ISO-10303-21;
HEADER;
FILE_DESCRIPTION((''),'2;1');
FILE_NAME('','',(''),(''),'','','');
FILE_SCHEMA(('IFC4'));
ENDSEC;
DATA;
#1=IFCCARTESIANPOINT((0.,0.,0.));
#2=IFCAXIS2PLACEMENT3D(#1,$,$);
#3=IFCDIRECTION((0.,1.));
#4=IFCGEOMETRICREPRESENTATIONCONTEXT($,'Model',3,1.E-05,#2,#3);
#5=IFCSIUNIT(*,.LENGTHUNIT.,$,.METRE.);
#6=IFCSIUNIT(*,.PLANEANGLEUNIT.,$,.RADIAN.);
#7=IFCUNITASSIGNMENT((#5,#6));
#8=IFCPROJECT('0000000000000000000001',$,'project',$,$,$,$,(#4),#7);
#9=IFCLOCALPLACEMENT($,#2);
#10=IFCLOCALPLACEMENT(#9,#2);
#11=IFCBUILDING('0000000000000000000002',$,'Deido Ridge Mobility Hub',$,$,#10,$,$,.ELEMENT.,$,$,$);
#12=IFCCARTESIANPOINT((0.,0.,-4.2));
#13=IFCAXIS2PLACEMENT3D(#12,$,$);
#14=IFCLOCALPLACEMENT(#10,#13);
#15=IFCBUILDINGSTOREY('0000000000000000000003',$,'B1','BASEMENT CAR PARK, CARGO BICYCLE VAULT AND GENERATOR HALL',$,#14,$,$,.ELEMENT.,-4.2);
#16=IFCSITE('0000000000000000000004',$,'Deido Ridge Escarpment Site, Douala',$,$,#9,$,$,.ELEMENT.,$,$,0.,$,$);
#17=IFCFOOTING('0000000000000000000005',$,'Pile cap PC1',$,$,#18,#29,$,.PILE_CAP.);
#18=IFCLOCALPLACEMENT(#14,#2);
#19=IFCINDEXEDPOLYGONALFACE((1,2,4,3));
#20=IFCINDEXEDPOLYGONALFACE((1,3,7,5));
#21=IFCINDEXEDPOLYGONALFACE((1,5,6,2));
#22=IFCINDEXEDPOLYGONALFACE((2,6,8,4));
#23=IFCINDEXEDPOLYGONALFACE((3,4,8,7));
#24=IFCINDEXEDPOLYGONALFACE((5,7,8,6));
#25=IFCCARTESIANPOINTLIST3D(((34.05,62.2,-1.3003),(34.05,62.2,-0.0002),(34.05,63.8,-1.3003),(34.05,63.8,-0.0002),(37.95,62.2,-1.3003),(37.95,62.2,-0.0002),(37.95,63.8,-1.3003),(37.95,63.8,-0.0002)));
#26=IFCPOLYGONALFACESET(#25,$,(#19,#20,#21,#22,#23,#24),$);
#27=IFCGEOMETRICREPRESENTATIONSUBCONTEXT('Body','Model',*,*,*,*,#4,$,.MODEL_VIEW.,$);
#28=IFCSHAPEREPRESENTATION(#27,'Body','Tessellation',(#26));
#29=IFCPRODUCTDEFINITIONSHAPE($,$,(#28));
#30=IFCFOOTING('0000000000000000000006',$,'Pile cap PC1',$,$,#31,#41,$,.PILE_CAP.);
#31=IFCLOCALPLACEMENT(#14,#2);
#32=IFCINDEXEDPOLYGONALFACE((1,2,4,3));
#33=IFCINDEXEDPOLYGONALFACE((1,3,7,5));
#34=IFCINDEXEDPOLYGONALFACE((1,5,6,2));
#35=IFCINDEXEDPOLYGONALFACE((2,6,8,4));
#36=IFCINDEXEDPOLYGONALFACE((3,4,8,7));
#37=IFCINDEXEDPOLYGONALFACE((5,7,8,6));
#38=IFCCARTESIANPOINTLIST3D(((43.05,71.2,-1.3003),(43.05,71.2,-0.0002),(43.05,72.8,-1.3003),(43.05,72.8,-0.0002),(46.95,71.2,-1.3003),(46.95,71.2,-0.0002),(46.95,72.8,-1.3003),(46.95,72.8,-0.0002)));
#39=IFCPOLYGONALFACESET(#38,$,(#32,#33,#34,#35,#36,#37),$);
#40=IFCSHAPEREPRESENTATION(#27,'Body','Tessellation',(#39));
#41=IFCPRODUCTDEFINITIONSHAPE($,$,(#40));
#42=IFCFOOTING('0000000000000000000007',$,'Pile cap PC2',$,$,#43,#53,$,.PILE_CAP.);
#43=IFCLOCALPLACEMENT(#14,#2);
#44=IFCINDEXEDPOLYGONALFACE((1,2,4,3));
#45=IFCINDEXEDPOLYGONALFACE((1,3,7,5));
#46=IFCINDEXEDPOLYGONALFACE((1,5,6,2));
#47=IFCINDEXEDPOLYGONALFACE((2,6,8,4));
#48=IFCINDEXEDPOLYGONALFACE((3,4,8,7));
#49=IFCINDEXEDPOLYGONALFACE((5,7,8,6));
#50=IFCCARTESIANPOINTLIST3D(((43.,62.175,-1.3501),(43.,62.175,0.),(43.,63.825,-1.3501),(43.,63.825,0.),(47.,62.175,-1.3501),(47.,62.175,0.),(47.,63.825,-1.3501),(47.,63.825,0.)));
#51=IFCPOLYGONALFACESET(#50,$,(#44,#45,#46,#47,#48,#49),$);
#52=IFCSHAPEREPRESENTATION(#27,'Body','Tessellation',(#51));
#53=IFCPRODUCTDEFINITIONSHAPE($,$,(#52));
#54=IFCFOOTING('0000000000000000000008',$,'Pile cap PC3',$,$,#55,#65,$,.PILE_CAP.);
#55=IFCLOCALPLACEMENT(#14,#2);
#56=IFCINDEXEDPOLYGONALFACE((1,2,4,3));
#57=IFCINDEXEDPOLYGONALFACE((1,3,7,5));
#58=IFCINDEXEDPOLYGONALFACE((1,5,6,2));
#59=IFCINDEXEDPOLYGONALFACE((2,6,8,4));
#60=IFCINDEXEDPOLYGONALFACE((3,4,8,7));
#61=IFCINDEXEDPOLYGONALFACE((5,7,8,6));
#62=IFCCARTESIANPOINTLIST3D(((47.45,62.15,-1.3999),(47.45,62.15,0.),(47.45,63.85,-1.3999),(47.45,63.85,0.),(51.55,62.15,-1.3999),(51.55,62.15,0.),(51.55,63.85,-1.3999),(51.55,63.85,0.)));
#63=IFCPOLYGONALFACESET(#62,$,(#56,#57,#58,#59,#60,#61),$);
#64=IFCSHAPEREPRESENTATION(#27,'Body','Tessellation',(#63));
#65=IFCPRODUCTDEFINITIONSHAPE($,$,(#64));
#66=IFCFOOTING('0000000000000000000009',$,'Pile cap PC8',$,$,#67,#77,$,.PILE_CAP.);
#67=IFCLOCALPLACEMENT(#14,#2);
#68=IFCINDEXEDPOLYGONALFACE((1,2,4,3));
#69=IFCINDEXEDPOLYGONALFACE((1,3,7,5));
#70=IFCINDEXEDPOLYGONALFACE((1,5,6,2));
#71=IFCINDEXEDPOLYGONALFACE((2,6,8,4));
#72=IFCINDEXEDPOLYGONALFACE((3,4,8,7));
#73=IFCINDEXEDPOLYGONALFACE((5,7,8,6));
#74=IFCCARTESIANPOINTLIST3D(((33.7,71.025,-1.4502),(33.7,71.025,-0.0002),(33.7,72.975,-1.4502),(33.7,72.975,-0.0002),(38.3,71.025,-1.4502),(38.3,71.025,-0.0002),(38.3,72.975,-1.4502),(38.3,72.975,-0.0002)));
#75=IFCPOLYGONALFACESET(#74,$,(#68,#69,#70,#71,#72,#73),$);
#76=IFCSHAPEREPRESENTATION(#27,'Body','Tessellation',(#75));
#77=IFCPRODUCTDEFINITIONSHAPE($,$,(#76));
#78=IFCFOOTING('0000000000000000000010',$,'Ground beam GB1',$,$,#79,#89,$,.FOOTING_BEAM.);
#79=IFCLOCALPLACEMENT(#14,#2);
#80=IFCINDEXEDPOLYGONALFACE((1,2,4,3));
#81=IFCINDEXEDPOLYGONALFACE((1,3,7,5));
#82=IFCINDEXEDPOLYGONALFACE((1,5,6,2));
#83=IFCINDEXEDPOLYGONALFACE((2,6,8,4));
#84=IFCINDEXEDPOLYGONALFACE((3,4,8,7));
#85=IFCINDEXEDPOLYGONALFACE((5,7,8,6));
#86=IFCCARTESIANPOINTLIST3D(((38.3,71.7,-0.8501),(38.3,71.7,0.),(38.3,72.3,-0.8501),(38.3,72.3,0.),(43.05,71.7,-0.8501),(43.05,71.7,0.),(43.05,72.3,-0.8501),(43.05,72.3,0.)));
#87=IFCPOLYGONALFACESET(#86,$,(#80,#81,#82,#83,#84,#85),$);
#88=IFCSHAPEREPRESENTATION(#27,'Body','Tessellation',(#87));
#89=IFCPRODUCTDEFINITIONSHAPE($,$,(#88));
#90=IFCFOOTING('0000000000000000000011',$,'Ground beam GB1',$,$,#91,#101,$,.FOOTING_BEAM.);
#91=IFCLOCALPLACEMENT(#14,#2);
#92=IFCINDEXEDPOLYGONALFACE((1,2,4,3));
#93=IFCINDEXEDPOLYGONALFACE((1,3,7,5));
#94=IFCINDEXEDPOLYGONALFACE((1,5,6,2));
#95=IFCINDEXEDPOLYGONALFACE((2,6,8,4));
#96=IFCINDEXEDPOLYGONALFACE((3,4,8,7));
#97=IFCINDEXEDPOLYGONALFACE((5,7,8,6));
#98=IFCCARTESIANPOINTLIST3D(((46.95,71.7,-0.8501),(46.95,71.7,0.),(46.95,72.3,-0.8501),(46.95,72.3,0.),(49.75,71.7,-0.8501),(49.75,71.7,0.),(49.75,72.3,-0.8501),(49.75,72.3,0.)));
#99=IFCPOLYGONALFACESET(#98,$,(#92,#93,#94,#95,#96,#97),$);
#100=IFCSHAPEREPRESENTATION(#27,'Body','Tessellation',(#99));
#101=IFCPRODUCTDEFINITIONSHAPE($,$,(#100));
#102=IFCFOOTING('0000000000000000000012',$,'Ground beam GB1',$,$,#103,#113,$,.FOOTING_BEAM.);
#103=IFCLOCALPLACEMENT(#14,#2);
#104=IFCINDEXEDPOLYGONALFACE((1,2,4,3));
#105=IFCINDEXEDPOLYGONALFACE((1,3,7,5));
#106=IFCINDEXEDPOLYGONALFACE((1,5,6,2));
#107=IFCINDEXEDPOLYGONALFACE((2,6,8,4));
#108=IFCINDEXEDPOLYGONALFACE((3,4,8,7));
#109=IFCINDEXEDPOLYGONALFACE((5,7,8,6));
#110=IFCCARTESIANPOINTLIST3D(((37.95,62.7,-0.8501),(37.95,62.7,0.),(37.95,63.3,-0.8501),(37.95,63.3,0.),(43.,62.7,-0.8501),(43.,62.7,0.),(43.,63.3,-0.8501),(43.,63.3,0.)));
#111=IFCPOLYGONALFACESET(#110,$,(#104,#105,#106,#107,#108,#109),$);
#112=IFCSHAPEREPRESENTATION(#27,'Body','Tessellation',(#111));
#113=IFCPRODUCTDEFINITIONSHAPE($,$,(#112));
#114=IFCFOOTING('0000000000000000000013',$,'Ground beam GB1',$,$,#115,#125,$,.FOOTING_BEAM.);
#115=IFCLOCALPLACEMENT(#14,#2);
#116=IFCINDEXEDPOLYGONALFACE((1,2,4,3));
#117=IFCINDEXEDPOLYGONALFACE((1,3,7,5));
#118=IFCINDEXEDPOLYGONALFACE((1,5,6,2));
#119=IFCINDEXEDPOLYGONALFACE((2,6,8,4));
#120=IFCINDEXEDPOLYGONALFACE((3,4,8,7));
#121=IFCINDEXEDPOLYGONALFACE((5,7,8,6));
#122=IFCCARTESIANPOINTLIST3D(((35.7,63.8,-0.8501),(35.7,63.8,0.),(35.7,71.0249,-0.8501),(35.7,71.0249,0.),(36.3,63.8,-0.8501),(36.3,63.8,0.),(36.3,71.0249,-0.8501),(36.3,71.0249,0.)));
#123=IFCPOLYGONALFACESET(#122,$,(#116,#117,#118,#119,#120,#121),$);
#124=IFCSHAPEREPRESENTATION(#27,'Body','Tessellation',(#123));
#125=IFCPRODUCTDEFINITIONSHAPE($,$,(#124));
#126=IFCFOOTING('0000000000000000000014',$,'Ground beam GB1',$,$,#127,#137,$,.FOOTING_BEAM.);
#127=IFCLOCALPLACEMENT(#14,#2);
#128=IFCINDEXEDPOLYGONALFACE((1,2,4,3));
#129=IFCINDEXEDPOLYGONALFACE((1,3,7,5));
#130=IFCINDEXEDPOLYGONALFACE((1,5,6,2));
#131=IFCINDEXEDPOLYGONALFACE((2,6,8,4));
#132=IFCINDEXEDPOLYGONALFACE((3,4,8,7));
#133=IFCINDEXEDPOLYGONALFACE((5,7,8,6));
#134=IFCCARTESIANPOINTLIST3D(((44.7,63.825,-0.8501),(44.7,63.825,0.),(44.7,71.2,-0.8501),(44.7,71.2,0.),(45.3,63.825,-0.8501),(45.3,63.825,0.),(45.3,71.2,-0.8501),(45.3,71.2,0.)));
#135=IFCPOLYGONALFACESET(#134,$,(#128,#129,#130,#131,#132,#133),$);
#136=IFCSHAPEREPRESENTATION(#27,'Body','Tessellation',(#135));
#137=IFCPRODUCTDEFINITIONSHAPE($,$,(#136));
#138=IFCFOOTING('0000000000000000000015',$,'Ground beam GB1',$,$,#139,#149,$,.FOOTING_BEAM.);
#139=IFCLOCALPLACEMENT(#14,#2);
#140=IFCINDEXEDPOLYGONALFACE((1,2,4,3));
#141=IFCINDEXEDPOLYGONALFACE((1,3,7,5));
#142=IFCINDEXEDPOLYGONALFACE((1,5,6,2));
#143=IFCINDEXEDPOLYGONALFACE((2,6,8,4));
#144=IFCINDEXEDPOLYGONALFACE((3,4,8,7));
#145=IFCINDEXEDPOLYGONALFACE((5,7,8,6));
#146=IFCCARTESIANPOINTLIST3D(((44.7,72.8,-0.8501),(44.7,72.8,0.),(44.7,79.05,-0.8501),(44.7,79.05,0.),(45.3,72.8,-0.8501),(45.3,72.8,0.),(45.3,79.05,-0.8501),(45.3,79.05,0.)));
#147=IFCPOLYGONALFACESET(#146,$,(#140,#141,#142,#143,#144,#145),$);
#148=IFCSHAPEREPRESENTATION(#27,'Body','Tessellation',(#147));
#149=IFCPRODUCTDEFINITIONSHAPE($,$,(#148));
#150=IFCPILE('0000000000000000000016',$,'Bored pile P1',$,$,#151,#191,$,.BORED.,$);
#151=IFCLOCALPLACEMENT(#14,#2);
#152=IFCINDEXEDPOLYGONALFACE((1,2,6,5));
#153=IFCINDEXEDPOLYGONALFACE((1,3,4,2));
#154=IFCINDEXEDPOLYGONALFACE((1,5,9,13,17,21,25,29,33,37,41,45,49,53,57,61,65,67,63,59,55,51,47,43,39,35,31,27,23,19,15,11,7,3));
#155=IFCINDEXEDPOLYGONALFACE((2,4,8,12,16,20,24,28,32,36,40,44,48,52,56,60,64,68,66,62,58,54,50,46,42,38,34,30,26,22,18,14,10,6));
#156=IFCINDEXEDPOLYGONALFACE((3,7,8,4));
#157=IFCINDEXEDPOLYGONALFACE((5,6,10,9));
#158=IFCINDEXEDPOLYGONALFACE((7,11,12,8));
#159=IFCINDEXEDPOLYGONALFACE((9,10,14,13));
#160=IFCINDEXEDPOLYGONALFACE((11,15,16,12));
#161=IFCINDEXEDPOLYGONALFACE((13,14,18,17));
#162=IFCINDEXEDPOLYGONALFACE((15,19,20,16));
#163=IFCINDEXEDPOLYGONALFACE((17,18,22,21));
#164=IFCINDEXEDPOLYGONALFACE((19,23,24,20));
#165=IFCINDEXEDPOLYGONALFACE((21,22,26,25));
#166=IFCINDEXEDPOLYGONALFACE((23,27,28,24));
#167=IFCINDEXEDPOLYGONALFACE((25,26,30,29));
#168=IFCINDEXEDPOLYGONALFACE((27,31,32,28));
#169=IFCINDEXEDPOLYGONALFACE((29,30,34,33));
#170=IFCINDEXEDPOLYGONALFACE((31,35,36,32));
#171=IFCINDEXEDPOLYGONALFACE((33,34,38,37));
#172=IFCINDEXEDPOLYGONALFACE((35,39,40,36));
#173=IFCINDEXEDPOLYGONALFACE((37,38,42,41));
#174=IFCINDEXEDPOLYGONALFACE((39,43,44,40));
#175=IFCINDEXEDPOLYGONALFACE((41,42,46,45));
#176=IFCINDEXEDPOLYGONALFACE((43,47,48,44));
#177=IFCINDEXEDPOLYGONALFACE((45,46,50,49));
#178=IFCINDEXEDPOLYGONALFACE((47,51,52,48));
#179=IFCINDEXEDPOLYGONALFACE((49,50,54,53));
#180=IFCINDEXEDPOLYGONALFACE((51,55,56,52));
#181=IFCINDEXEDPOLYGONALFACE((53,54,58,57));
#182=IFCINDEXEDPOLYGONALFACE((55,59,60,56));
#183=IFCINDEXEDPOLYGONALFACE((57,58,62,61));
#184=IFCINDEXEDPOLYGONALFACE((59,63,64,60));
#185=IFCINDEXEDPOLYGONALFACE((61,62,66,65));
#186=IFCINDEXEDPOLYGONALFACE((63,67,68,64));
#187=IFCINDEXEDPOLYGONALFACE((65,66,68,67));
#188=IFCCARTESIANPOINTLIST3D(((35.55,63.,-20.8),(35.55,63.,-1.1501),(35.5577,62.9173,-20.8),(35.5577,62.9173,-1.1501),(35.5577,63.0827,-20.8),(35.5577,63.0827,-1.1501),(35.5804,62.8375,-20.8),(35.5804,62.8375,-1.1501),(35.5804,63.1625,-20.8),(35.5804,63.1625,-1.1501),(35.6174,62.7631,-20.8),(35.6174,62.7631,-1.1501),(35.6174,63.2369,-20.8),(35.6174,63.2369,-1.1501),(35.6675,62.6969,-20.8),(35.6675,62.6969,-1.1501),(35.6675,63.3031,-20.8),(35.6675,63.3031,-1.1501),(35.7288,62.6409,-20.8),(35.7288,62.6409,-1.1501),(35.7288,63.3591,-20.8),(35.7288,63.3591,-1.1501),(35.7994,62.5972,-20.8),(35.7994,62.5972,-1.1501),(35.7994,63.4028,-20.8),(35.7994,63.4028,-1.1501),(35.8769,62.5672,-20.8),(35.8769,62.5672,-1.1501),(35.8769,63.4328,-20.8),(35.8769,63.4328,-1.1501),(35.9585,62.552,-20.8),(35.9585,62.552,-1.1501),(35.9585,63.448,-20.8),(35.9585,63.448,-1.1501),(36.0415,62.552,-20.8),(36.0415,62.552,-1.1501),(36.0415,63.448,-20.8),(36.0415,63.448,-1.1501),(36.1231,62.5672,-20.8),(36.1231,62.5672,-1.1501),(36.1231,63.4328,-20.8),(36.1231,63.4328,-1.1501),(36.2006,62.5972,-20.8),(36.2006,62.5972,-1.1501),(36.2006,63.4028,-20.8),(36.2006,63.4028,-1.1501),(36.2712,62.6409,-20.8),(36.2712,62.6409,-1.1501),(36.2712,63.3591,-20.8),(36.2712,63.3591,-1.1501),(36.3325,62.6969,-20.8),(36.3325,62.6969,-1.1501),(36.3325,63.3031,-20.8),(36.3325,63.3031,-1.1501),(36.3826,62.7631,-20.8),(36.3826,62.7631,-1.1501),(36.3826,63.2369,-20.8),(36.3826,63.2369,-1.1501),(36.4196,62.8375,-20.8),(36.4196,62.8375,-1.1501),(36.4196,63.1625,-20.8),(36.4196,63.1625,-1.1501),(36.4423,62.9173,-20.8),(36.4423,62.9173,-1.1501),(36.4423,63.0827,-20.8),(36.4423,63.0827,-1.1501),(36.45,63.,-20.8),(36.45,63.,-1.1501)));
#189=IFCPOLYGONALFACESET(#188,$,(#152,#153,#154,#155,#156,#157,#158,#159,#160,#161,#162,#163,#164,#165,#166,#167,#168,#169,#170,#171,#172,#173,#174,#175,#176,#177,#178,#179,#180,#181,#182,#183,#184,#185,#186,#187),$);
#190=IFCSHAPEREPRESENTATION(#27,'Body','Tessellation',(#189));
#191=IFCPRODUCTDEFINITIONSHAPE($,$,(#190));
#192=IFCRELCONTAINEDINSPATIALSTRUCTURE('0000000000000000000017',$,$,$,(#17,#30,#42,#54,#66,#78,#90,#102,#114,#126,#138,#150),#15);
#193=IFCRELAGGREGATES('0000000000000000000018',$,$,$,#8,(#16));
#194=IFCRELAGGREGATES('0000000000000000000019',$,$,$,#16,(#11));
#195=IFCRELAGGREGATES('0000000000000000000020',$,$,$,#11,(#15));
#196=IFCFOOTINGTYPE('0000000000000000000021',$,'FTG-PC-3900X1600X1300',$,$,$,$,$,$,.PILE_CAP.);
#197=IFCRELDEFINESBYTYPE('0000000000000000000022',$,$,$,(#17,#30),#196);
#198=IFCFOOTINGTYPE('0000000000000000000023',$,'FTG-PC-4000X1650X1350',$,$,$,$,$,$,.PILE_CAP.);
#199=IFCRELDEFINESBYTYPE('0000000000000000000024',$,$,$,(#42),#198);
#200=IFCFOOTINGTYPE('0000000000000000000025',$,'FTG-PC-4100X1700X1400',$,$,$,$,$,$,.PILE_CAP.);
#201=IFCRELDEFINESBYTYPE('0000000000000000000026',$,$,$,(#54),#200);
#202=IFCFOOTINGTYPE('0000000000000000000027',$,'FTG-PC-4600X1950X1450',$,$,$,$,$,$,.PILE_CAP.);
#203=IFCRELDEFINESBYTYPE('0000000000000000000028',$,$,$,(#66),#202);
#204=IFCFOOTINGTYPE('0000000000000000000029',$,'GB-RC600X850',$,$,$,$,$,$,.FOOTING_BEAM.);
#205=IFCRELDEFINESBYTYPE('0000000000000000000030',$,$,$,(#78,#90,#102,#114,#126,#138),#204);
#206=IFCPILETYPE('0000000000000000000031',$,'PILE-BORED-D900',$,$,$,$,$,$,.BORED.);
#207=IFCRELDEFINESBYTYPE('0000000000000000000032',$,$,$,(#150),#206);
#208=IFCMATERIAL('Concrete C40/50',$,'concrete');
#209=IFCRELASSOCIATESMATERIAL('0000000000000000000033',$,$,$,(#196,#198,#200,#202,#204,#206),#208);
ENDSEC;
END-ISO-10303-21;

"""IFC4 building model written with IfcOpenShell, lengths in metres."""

from ifc_helpers import new_model, si_unit, direction, frame, origin, origin_2d, place, context, subcontext, project, spatial, rectangle, circle, extrude, material, material_profile, profile_set, type_object, element, save


model = new_model("IFC4")

# Units and contexts
model_context = context("Model", 3, precision=1e-05, world=origin(), true_north=direction((0.0, 1.0)))
body_context = subcontext(model_context, "Body", "Model", "MODEL_VIEW")
ifc_project = project(units=[si_unit("LENGTHUNIT", "METRE"), si_unit("PLANEANGLEUNIT", "RADIAN")], contexts=[model_context])

# Site, building, storey
site_placement = place(None, origin())
site = spatial("IfcSite", under=ifc_project, at=site_placement, Name="Deido Ridge Escarpment Site, Douala", CompositionType="ELEMENT", RefElevation=0.0)
building_placement = place(site_placement, origin())
building = spatial("IfcBuilding", under=site, at=building_placement, Name="Deido Ridge Mobility Hub", CompositionType="ELEMENT")
storey_placement = place(building_placement, frame((0.0, 0.0, -4.2)))
storey = spatial("IfcBuildingStorey", under=building, at=storey_placement, Name="B1", Description="BASEMENT CAR PARK, CARGO BICYCLE VAULT AND GENERATOR HALL", CompositionType="ELEMENT", Elevation=-4.2)

# Footings
ifc_material_1 = material(Name="Concrete C40/50", Category="concrete")
footing_type_1 = type_object("IfcFootingType", Name="FTG-PC-3900X1600X1300", PredefinedType="PILE_CAP", material=ifc_material_1)
for number, where, z_axis, x_axis, name in (
    (1, (36.0, 63.0, -1.3003), (0.0, 0.0, 1.0), (1.0, 0.0, 0.0), "Pile cap PC1"),
    (2, (45.0, 72.0, -1.3003), (0.0, 0.0, 1.0), (1.0, 0.0, 0.0), "Pile cap PC1"),
):
    element("IfcFooting", number, at=place(storey_placement, frame(where, z_axis=z_axis, x_axis=x_axis)), inside=storey, type_object=footing_type_1, Name=name, PredefinedType="PILE_CAP", context=body_context, shape_type="SweptSolid", body=[
        extrude(rectangle(XDim=3.8999, YDim=1.6001, at=origin_2d()), origin(), (0.0, 0.0, 1.0), 1.3),
    ])
footing_type_2 = type_object("IfcFootingType", Name="FTG-PC-4000X1650X1350", PredefinedType="PILE_CAP", material=ifc_material_1)
footing_1_placement = place(storey_placement, frame((45.0, 63.0, -1.3501), z_axis=(0.0, 0.0, 1.0), x_axis=(1.0, 0.0, 0.0)))
element("IfcFooting", 3, at=footing_1_placement, inside=storey, type_object=footing_type_2, Name="Pile cap PC2", PredefinedType="PILE_CAP", context=body_context, shape_type="SweptSolid", body=[
    extrude(rectangle(XDim=4.0, YDim=1.6499, at=origin_2d()), origin(), (0.0, 0.0, 1.0), 1.3501),
])
footing_type_3 = type_object("IfcFootingType", Name="FTG-PC-4100X1700X1400", PredefinedType="PILE_CAP", material=ifc_material_1)
footing_2_placement = place(storey_placement, frame((49.5, 63.0, -1.3999), z_axis=(0.0, 0.0, 1.0), x_axis=(1.0, 0.0, 0.0)))
element("IfcFooting", 4, at=footing_2_placement, inside=storey, type_object=footing_type_3, Name="Pile cap PC3", PredefinedType="PILE_CAP", context=body_context, shape_type="SweptSolid", body=[
    extrude(rectangle(XDim=4.1001, YDim=1.7, at=origin_2d()), origin(), (0.0, 0.0, 1.0), 1.3999),
])
footing_type_4 = type_object("IfcFootingType", Name="FTG-PC-4600X1950X1450", PredefinedType="PILE_CAP", material=ifc_material_1)
footing_3_placement = place(storey_placement, frame((36.0, 72.0, -1.4502), z_axis=(0.0, 0.0, 1.0), x_axis=(1.0, 0.0, 0.0)))
element("IfcFooting", 5, at=footing_3_placement, inside=storey, type_object=footing_type_4, Name="Pile cap PC8", PredefinedType="PILE_CAP", context=body_context, shape_type="SweptSolid", body=[
    extrude(rectangle(XDim=4.6001, YDim=1.95, at=origin_2d()), origin(), (0.0, 0.0, 1.0), 1.45),
])
ifc_material_profile_1 = material_profile(ifc_material_1, rectangle(XDim=0.6001, YDim=0.8501, at=origin_2d()), Name="RC GB 600x850")
ifc_profile_set_1 = profile_set([ifc_material_profile_1], Name="Concrete C40/50")
footing_type_5 = type_object("IfcFootingType", Name="GB-RC600X850", PredefinedType="FOOTING_BEAM", material=ifc_profile_set_1)
footing_4_placement = place(storey_placement, frame((38.3, 72.0, -0.425), z_axis=(1.0, 0.0, 0.0), x_axis=(0.0, 1.0, 0.0)))
element("IfcFooting", 6, at=footing_4_placement, inside=storey, type_object=footing_type_5, Name="Ground beam GB1", PredefinedType="FOOTING_BEAM", context=body_context, shape_type="SweptSolid", body=[
    extrude(rectangle(XDim=0.6001, YDim=0.8501, at=origin_2d()), origin(), (0.0, 0.0, 1.0), 4.75),
])
footing_5_placement = place(storey_placement, frame((46.95, 72.0, -0.425), z_axis=(1.0, 0.0, 0.0), x_axis=(0.0, 1.0, 0.0)))
element("IfcFooting", 7, at=footing_5_placement, inside=storey, type_object=footing_type_5, Name="Ground beam GB1", PredefinedType="FOOTING_BEAM", context=body_context, shape_type="SweptSolid", body=[
    extrude(rectangle(XDim=0.6001, YDim=0.8501, at=origin_2d()), origin(), (0.0, 0.0, 1.0), 2.8),
])
footing_6_placement = place(storey_placement, frame((37.95, 63.0, -0.425), z_axis=(1.0, 0.0, 0.0), x_axis=(0.0, 1.0, 0.0)))
element("IfcFooting", 8, at=footing_6_placement, inside=storey, type_object=footing_type_5, Name="Ground beam GB1", PredefinedType="FOOTING_BEAM", context=body_context, shape_type="SweptSolid", body=[
    extrude(rectangle(XDim=0.6001, YDim=0.8501, at=origin_2d()), origin(), (0.0, 0.0, 1.0), 5.05),
])
footing_7_placement = place(storey_placement, frame((36.0, 63.8, -0.425), z_axis=(0.0, 1.0, 0.0), x_axis=(-1.0, 0.0, 0.0)))
element("IfcFooting", 9, at=footing_7_placement, inside=storey, type_object=footing_type_5, Name="Ground beam GB1", PredefinedType="FOOTING_BEAM", context=body_context, shape_type="SweptSolid", body=[
    extrude(rectangle(XDim=0.6001, YDim=0.8501, at=origin_2d()), origin(), (0.0, 0.0, 1.0), 7.2249),
])
footing_8_placement = place(storey_placement, frame((45.0, 63.825, -0.425), z_axis=(0.0, 1.0, 0.0), x_axis=(-1.0, 0.0, 0.0)))
element("IfcFooting", 10, at=footing_8_placement, inside=storey, type_object=footing_type_5, Name="Ground beam GB1", PredefinedType="FOOTING_BEAM", context=body_context, shape_type="SweptSolid", body=[
    extrude(rectangle(XDim=0.6001, YDim=0.8501, at=origin_2d()), origin(), (0.0, 0.0, 1.0), 7.375),
])
footing_9_placement = place(storey_placement, frame((45.0, 72.8, -0.425), z_axis=(0.0, 1.0, 0.0), x_axis=(-1.0, 0.0, 0.0)))
element("IfcFooting", 11, at=footing_9_placement, inside=storey, type_object=footing_type_5, Name="Ground beam GB1", PredefinedType="FOOTING_BEAM", context=body_context, shape_type="SweptSolid", body=[
    extrude(rectangle(XDim=0.6001, YDim=0.8501, at=origin_2d()), origin(), (0.0, 0.0, 1.0), 6.25),
])

# Pile
ifc_material_profile_2 = material_profile(ifc_material_1, circle(Radius=0.45, at=origin_2d()), Name="BORED PILE D900")
ifc_profile_set_2 = profile_set([ifc_material_profile_2], Name="Concrete C40/50")
pile_type = type_object("IfcPileType", Name="PILE-BORED-D900", PredefinedType="BORED", material=ifc_profile_set_2)
pile_1_placement = place(storey_placement, frame((36.0, 63.0, -1.1501), z_axis=(0.0, 0.0, -1.0), x_axis=(1.0, 0.0, 0.0)))
element("IfcPile", 12, at=pile_1_placement, inside=storey, type_object=pile_type, Name="Bored pile P1", PredefinedType="BORED", context=body_context, shape_type="SweptSolid", body=[
    extrude(circle(Radius=0.45, at=origin_2d()), origin(), (0.0, 0.0, 1.0), 19.6499),
])

save(model, "model.ifc")
